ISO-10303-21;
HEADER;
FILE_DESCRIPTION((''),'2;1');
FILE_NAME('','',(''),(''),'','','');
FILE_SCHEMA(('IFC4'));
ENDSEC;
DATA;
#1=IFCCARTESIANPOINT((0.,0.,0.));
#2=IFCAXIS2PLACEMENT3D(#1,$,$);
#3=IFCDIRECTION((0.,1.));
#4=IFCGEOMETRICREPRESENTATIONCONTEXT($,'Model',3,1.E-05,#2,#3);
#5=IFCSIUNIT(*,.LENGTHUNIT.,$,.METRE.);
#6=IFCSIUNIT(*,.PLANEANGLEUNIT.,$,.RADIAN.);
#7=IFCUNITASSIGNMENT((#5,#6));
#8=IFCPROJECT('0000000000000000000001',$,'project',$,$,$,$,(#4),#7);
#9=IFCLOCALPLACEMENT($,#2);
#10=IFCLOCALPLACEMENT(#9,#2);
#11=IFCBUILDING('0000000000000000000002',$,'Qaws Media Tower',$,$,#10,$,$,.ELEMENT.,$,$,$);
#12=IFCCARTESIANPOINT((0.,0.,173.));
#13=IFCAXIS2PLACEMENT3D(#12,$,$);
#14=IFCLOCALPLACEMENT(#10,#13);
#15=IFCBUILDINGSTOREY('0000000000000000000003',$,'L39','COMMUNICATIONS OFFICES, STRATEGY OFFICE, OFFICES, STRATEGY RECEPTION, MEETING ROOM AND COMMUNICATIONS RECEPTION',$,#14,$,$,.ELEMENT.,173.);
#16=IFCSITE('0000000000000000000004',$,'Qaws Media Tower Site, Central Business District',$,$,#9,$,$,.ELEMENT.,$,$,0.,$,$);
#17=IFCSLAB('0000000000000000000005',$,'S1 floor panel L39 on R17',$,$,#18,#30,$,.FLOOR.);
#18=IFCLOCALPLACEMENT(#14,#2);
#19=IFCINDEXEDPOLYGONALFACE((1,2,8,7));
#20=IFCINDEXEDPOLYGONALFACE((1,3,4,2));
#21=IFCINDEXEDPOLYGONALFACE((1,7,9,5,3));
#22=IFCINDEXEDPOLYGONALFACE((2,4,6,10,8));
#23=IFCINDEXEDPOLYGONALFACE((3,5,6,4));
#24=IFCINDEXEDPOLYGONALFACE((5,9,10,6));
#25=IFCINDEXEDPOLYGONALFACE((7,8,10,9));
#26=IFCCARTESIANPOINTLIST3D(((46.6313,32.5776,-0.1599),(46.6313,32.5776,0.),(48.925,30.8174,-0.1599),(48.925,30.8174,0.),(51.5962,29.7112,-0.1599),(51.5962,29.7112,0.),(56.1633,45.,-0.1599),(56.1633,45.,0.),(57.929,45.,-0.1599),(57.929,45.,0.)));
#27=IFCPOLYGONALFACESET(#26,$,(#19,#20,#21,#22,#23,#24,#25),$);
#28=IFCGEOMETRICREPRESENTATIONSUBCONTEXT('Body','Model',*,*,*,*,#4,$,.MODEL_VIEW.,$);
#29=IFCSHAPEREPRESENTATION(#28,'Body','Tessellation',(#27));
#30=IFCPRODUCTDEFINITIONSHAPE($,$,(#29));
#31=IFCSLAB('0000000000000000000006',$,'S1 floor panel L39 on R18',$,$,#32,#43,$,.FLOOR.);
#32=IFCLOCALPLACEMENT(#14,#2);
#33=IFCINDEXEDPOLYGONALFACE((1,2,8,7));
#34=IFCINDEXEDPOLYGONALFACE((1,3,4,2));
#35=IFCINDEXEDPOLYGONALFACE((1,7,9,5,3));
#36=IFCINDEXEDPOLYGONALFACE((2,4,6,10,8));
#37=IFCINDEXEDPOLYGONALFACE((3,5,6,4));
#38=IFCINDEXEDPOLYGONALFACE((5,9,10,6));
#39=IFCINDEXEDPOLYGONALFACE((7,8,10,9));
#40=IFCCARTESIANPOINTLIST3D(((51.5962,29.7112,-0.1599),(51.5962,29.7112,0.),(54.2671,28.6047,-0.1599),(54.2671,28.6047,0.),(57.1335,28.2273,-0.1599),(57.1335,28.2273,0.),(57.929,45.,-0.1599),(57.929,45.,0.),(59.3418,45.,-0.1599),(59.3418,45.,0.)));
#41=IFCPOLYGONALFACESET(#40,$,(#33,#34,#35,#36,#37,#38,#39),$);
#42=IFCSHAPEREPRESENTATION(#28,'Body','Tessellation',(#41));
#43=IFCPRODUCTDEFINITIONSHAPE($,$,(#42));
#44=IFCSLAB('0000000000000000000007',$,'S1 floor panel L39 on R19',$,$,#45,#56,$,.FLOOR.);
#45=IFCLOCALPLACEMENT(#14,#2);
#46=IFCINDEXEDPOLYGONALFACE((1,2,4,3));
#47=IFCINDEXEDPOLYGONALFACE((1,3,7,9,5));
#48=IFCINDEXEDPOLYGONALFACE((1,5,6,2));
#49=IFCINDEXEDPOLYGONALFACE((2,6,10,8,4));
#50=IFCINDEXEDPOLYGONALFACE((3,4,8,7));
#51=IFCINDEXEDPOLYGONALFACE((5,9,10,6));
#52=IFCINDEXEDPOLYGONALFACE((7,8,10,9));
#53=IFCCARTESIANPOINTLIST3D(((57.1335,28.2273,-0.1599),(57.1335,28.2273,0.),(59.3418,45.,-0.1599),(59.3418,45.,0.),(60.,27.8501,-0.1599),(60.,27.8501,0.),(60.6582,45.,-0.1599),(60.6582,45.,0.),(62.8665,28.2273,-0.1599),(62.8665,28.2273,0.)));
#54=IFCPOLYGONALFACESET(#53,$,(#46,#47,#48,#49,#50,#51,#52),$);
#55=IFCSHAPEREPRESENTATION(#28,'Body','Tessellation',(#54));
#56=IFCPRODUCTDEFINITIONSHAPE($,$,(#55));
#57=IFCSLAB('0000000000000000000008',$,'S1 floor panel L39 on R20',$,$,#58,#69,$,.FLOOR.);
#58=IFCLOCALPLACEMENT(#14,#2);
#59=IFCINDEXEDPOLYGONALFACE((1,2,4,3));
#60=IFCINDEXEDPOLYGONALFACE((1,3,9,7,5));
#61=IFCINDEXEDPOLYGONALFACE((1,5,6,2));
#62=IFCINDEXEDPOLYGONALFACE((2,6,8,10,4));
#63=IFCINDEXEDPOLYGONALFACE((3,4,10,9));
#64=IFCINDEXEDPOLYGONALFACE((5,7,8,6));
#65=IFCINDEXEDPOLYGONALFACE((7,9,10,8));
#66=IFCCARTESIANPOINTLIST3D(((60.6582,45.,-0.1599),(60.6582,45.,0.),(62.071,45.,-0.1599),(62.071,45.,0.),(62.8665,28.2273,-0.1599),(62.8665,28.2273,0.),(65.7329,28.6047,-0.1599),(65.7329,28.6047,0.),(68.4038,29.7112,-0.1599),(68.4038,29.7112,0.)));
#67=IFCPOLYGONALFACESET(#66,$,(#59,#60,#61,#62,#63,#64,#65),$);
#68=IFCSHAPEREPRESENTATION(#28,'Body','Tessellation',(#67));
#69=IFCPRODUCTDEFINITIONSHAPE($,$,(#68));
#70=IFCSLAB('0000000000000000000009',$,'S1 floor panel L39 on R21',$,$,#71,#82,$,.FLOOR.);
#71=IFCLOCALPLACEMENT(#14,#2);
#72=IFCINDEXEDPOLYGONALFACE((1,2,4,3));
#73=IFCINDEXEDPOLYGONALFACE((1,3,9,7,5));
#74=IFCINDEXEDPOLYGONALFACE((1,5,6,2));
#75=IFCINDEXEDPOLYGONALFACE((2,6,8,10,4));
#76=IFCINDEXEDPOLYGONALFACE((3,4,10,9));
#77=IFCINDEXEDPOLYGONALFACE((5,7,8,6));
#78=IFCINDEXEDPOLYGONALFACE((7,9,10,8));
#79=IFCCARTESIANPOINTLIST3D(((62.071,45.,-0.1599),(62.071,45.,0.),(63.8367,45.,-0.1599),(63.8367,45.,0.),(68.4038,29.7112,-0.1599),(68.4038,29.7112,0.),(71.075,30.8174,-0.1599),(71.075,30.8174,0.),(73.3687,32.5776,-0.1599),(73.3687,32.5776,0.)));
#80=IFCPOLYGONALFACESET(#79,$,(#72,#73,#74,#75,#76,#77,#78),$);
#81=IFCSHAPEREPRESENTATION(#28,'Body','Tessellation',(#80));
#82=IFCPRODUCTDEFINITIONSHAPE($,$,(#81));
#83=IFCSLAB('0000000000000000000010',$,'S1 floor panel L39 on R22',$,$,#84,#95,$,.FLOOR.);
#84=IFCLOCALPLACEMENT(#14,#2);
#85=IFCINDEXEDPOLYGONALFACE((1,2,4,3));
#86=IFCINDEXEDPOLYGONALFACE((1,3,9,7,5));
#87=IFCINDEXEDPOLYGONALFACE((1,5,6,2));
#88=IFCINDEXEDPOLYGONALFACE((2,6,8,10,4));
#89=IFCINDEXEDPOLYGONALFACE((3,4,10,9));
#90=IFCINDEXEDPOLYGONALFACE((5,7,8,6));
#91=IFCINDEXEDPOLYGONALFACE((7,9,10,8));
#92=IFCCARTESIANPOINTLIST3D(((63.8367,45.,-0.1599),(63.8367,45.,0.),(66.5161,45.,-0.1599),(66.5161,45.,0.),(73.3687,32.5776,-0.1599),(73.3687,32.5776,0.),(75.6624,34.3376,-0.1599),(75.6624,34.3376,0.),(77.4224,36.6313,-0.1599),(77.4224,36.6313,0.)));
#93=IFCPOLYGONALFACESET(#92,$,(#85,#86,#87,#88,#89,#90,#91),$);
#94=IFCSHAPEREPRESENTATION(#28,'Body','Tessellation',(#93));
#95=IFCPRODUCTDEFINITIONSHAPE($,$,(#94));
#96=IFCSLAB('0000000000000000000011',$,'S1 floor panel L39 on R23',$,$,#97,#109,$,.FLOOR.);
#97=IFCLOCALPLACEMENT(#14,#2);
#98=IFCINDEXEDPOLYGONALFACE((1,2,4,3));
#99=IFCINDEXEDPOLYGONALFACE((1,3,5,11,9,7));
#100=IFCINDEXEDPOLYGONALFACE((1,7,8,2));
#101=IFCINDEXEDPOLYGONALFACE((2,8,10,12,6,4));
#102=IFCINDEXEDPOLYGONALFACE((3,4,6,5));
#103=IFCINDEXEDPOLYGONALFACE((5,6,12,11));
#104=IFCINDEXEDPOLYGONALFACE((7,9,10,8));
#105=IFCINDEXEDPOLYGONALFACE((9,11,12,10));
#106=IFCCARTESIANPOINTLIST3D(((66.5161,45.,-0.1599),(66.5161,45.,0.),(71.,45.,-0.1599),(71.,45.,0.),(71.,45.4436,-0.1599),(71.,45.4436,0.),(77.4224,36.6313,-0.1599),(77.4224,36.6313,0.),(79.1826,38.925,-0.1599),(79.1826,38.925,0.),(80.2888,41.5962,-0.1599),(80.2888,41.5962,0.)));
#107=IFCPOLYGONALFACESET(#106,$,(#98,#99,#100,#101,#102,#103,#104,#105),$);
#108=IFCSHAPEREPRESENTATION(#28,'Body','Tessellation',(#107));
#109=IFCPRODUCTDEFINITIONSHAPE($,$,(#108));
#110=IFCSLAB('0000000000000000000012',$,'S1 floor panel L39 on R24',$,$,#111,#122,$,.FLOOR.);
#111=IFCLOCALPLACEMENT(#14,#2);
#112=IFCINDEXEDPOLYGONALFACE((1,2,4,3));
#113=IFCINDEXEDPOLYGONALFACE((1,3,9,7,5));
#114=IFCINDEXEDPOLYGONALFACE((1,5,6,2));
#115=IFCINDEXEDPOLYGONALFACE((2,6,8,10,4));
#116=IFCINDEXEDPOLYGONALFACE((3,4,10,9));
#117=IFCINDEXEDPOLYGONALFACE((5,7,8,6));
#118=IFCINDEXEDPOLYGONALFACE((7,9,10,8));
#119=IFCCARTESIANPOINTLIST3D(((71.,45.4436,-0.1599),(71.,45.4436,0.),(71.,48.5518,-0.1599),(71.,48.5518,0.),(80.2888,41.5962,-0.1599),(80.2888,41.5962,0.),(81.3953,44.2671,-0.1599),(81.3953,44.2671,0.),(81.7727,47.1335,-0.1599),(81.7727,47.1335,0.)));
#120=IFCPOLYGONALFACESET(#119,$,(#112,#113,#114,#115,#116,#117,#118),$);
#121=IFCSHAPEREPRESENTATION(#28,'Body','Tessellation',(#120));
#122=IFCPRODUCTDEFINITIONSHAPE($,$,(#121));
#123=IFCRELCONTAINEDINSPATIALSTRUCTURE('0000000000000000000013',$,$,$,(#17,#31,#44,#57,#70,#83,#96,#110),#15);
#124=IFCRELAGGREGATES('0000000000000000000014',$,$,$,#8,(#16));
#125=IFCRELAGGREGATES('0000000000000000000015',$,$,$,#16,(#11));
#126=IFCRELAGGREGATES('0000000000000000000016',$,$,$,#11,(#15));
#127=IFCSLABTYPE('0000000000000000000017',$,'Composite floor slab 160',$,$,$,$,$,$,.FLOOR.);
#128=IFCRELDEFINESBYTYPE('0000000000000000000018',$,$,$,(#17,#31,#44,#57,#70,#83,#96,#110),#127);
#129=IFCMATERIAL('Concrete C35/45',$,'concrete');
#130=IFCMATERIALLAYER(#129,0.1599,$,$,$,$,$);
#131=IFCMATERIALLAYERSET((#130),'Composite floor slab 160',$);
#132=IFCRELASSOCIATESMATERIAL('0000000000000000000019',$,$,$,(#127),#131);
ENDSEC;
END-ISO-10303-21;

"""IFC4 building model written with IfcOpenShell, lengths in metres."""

from ifc_helpers import new_model, si_unit, direction, frame, origin, place, context, subcontext, project, spatial, polyline, outline, extrude, material, layer, layer_set, type_object, element, save


model = new_model("IFC4")

# Units and contexts
model_context = context("Model", 3, precision=1e-05, world=origin(), true_north=direction((0.0, 1.0)))
body_context = subcontext(model_context, "Body", "Model", "MODEL_VIEW")
ifc_project = project(units=[si_unit("LENGTHUNIT", "METRE"), si_unit("PLANEANGLEUNIT", "RADIAN")], contexts=[model_context])

# Site, building, storey
site_placement = place(None, origin())
site = spatial("IfcSite", under=ifc_project, at=site_placement, Name="Qaws Media Tower Site, Central Business District", CompositionType="ELEMENT", RefElevation=0.0)
building_placement = place(site_placement, origin())
building = spatial("IfcBuilding", under=site, at=building_placement, Name="Qaws Media Tower", CompositionType="ELEMENT")
storey_placement = place(building_placement, frame((0.0, 0.0, 173.0)))
storey = spatial("IfcBuildingStorey", under=building, at=storey_placement, Name="L39", Description="COMMUNICATIONS OFFICES, STRATEGY OFFICE, OFFICES, STRATEGY RECEPTION, MEETING ROOM AND COMMUNICATIONS RECEPTION", CompositionType="ELEMENT", Elevation=173.0)

# Slabs
ifc_material_1 = material(Name="Concrete C35/45", Category="concrete")
ifc_layer_1 = layer(ifc_material_1, 0.1599)
ifc_layer_set_1 = layer_set([ifc_layer_1], Name="Composite floor slab 160")
slab_type_1 = type_object("IfcSlabType", Name="Composite floor slab 160", PredefinedType="FLOOR", material=ifc_layer_set_1)
slab_1_placement = place(storey_placement, frame((0.0, 0.0, -0.1599)))
element("IfcSlab", 1, at=slab_1_placement, inside=storey, type_object=slab_type_1, Name="S1 floor panel L39 on R17", PredefinedType="FLOOR", context=body_context, shape_type="SweptSolid", body=[
    extrude(outline(polyline([(48.925, 30.8174), (46.6313, 32.5776), (56.1633, 45.0), (57.929, 45.0), (51.5962, 29.7112), (48.925, 30.8174)])), origin(), (0.0, 0.0, 1.0), 0.1599),
])
slab_2_placement = place(storey_placement, frame((0.0, 0.0, -0.1599)))
element("IfcSlab", 2, at=slab_2_placement, inside=storey, type_object=slab_type_1, Name="S1 floor panel L39 on R18", PredefinedType="FLOOR", context=body_context, shape_type="SweptSolid", body=[
    extrude(outline(polyline([(54.2671, 28.6047), (51.5962, 29.7112), (57.929, 45.0), (59.3418, 45.0), (57.1335, 28.2273), (54.2671, 28.6047)])), origin(), (0.0, 0.0, 1.0), 0.1599),
])
slab_3_placement = place(storey_placement, frame((0.0, 0.0, -0.1599)))
element("IfcSlab", 3, at=slab_3_placement, inside=storey, type_object=slab_type_1, Name="S1 floor panel L39 on R19", PredefinedType="FLOOR", context=body_context, shape_type="SweptSolid", body=[
    extrude(outline(polyline([(60.0, 27.8501), (57.1335, 28.2273), (59.3418, 45.0), (60.6582, 45.0), (62.8665, 28.2273), (60.0, 27.8501)])), origin(), (0.0, 0.0, 1.0), 0.1599),
])
slab_4_placement = place(storey_placement, frame((0.0, 0.0, -0.1599)))
element("IfcSlab", 4, at=slab_4_placement, inside=storey, type_object=slab_type_1, Name="S1 floor panel L39 on R20", PredefinedType="FLOOR", context=body_context, shape_type="SweptSolid", body=[
    extrude(outline(polyline([(65.7329, 28.6047), (62.8665, 28.2273), (60.6582, 45.0), (62.071, 45.0), (68.4038, 29.7112), (65.7329, 28.6047)])), origin(), (0.0, 0.0, 1.0), 0.1599),
])
slab_5_placement = place(storey_placement, frame((0.0, 0.0, -0.1599)))
element("IfcSlab", 5, at=slab_5_placement, inside=storey, type_object=slab_type_1, Name="S1 floor panel L39 on R21", PredefinedType="FLOOR", context=body_context, shape_type="SweptSolid", body=[
    extrude(outline(polyline([(71.075, 30.8174), (68.4038, 29.7112), (62.071, 45.0), (63.8367, 45.0), (73.3687, 32.5776), (71.075, 30.8174)])), origin(), (0.0, 0.0, 1.0), 0.1599),
])
slab_6_placement = place(storey_placement, frame((0.0, 0.0, -0.1599)))
element("IfcSlab", 6, at=slab_6_placement, inside=storey, type_object=slab_type_1, Name="S1 floor panel L39 on R22", PredefinedType="FLOOR", context=body_context, shape_type="SweptSolid", body=[
    extrude(outline(polyline([(75.6624, 34.3376), (73.3687, 32.5776), (63.8367, 45.0), (66.5161, 45.0), (77.4224, 36.6313), (75.6624, 34.3376)])), origin(), (0.0, 0.0, 1.0), 0.1599),
])
slab_7_placement = place(storey_placement, frame((0.0, 0.0, -0.1599)))
element("IfcSlab", 7, at=slab_7_placement, inside=storey, type_object=slab_type_1, Name="S1 floor panel L39 on R23", PredefinedType="FLOOR", context=body_context, shape_type="SweptSolid", body=[
    extrude(outline(polyline([(79.1826, 38.925), (77.4224, 36.6313), (66.5161, 45.0), (71.0, 45.0), (71.0, 45.4436), (80.2888, 41.5962), (79.1826, 38.925)])), origin(), (0.0, 0.0, 1.0), 0.1599),
])
slab_8_placement = place(storey_placement, frame((0.0, 0.0, -0.1599)))
element("IfcSlab", 8, at=slab_8_placement, inside=storey, type_object=slab_type_1, Name="S1 floor panel L39 on R24", PredefinedType="FLOOR", context=body_context, shape_type="SweptSolid", body=[
    extrude(outline(polyline([(80.2888, 41.5962), (71.0, 45.4436), (71.0, 48.5518), (81.7727, 47.1335), (81.3953, 44.2671), (80.2888, 41.5962)])), origin(), (0.0, 0.0, 1.0), 0.1599),
])

save(model, "model.ifc")
